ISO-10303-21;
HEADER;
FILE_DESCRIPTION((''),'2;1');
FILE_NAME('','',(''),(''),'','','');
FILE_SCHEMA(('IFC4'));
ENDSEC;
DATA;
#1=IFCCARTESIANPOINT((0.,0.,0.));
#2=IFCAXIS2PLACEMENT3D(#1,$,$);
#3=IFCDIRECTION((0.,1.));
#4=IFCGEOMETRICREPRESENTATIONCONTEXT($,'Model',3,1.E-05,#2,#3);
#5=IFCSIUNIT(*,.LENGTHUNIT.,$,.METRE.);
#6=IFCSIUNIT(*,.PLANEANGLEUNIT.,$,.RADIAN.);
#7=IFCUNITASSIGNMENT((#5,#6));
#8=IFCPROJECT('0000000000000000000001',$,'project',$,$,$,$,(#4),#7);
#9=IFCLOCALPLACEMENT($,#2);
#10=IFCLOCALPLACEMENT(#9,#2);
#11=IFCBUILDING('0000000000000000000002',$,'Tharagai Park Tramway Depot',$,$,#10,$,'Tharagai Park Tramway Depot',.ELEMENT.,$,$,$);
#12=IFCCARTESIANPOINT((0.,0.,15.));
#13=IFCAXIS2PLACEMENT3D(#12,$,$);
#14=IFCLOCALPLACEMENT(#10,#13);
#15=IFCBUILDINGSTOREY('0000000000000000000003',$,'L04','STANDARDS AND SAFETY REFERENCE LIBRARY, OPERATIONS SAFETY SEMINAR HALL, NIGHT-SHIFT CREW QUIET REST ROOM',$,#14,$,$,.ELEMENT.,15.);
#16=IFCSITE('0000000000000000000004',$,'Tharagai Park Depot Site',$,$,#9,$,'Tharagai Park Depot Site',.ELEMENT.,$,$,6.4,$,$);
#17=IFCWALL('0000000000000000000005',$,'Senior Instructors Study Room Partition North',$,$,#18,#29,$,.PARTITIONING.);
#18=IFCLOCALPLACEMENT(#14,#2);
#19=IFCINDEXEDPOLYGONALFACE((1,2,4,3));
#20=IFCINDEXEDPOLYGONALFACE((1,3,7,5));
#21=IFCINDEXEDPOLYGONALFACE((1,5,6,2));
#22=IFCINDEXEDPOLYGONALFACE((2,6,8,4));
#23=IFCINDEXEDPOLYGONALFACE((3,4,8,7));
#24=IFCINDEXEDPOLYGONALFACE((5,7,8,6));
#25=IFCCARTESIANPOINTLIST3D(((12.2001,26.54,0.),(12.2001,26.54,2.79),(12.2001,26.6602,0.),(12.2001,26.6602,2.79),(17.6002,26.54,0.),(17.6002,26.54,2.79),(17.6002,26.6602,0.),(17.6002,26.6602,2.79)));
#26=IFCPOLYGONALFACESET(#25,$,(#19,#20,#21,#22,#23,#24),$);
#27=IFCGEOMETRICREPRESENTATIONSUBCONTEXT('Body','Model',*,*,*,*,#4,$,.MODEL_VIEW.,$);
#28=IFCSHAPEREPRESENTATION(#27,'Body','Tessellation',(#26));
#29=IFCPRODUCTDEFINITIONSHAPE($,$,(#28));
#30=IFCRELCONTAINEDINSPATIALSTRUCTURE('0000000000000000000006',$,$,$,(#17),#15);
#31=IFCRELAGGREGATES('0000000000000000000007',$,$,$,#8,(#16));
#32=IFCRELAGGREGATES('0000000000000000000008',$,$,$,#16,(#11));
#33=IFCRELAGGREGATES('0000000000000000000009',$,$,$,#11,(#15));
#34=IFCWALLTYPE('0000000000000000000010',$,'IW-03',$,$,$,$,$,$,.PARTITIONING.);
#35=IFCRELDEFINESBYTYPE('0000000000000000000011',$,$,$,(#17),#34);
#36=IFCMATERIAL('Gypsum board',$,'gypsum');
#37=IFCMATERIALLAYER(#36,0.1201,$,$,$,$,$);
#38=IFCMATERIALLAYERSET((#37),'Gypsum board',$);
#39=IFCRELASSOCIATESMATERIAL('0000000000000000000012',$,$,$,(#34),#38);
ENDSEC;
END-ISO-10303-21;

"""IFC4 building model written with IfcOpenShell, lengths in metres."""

from ifc_helpers import new_model, si_unit, direction, frame, frame_2d, origin, place, context, subcontext, project, spatial, rectangle, extrude, material, layer, layer_set, type_object, element, save


model = new_model("IFC4")

# Units and contexts
model_context = context("Model", 3, precision=1e-05, world=origin(), true_north=direction((0.0, 1.0)))
body_context = subcontext(model_context, "Body", "Model", "MODEL_VIEW")
ifc_project = project(units=[si_unit("LENGTHUNIT", "METRE"), si_unit("PLANEANGLEUNIT", "RADIAN")], contexts=[model_context])

# Site, building, storey
site_placement = place(None, origin())
site = spatial("IfcSite", under=ifc_project, at=site_placement, Name="Tharagai Park Depot Site", LongName="Tharagai Park Depot Site", CompositionType="ELEMENT", RefElevation=6.4)
building_placement = place(site_placement, origin())
building = spatial("IfcBuilding", under=site, at=building_placement, Name="Tharagai Park Tramway Depot", LongName="Tharagai Park Tramway Depot", CompositionType="ELEMENT")
storey_placement = place(building_placement, frame((0.0, 0.0, 15.0)))
storey = spatial("IfcBuildingStorey", under=building, at=storey_placement, Name="L04", Description="STANDARDS AND SAFETY REFERENCE LIBRARY, OPERATIONS SAFETY SEMINAR HALL, NIGHT-SHIFT CREW QUIET REST ROOM", CompositionType="ELEMENT", Elevation=15.0)

# Wall
ifc_material_1 = material(Name="Gypsum board", Category="gypsum")
ifc_layer_1 = layer(ifc_material_1, 0.1201)
ifc_layer_set_1 = layer_set([ifc_layer_1], Name="Gypsum board")
wall_type_1 = type_object("IfcWallType", Name="IW-03", PredefinedType="PARTITIONING", material=ifc_layer_set_1)
wall_1_placement = place(storey_placement, frame((12.2, 26.6001, 0.0), z_axis=(0.0, 0.0, 1.0), x_axis=(1.0, 0.0, 0.0)))
element("IfcWall", 1, at=wall_1_placement, inside=storey, type_object=wall_type_1, Name="Senior Instructors Study Room Partition North", PredefinedType="PARTITIONING", context=body_context, shape_type="SweptSolid", body=[
    extrude(rectangle(XDim=5.4001, YDim=0.1201, at=frame_2d((2.7002, 0.0))), origin(), (0.0, 0.0, 1.0), 2.79),
])

save(model, "model.ifc")
